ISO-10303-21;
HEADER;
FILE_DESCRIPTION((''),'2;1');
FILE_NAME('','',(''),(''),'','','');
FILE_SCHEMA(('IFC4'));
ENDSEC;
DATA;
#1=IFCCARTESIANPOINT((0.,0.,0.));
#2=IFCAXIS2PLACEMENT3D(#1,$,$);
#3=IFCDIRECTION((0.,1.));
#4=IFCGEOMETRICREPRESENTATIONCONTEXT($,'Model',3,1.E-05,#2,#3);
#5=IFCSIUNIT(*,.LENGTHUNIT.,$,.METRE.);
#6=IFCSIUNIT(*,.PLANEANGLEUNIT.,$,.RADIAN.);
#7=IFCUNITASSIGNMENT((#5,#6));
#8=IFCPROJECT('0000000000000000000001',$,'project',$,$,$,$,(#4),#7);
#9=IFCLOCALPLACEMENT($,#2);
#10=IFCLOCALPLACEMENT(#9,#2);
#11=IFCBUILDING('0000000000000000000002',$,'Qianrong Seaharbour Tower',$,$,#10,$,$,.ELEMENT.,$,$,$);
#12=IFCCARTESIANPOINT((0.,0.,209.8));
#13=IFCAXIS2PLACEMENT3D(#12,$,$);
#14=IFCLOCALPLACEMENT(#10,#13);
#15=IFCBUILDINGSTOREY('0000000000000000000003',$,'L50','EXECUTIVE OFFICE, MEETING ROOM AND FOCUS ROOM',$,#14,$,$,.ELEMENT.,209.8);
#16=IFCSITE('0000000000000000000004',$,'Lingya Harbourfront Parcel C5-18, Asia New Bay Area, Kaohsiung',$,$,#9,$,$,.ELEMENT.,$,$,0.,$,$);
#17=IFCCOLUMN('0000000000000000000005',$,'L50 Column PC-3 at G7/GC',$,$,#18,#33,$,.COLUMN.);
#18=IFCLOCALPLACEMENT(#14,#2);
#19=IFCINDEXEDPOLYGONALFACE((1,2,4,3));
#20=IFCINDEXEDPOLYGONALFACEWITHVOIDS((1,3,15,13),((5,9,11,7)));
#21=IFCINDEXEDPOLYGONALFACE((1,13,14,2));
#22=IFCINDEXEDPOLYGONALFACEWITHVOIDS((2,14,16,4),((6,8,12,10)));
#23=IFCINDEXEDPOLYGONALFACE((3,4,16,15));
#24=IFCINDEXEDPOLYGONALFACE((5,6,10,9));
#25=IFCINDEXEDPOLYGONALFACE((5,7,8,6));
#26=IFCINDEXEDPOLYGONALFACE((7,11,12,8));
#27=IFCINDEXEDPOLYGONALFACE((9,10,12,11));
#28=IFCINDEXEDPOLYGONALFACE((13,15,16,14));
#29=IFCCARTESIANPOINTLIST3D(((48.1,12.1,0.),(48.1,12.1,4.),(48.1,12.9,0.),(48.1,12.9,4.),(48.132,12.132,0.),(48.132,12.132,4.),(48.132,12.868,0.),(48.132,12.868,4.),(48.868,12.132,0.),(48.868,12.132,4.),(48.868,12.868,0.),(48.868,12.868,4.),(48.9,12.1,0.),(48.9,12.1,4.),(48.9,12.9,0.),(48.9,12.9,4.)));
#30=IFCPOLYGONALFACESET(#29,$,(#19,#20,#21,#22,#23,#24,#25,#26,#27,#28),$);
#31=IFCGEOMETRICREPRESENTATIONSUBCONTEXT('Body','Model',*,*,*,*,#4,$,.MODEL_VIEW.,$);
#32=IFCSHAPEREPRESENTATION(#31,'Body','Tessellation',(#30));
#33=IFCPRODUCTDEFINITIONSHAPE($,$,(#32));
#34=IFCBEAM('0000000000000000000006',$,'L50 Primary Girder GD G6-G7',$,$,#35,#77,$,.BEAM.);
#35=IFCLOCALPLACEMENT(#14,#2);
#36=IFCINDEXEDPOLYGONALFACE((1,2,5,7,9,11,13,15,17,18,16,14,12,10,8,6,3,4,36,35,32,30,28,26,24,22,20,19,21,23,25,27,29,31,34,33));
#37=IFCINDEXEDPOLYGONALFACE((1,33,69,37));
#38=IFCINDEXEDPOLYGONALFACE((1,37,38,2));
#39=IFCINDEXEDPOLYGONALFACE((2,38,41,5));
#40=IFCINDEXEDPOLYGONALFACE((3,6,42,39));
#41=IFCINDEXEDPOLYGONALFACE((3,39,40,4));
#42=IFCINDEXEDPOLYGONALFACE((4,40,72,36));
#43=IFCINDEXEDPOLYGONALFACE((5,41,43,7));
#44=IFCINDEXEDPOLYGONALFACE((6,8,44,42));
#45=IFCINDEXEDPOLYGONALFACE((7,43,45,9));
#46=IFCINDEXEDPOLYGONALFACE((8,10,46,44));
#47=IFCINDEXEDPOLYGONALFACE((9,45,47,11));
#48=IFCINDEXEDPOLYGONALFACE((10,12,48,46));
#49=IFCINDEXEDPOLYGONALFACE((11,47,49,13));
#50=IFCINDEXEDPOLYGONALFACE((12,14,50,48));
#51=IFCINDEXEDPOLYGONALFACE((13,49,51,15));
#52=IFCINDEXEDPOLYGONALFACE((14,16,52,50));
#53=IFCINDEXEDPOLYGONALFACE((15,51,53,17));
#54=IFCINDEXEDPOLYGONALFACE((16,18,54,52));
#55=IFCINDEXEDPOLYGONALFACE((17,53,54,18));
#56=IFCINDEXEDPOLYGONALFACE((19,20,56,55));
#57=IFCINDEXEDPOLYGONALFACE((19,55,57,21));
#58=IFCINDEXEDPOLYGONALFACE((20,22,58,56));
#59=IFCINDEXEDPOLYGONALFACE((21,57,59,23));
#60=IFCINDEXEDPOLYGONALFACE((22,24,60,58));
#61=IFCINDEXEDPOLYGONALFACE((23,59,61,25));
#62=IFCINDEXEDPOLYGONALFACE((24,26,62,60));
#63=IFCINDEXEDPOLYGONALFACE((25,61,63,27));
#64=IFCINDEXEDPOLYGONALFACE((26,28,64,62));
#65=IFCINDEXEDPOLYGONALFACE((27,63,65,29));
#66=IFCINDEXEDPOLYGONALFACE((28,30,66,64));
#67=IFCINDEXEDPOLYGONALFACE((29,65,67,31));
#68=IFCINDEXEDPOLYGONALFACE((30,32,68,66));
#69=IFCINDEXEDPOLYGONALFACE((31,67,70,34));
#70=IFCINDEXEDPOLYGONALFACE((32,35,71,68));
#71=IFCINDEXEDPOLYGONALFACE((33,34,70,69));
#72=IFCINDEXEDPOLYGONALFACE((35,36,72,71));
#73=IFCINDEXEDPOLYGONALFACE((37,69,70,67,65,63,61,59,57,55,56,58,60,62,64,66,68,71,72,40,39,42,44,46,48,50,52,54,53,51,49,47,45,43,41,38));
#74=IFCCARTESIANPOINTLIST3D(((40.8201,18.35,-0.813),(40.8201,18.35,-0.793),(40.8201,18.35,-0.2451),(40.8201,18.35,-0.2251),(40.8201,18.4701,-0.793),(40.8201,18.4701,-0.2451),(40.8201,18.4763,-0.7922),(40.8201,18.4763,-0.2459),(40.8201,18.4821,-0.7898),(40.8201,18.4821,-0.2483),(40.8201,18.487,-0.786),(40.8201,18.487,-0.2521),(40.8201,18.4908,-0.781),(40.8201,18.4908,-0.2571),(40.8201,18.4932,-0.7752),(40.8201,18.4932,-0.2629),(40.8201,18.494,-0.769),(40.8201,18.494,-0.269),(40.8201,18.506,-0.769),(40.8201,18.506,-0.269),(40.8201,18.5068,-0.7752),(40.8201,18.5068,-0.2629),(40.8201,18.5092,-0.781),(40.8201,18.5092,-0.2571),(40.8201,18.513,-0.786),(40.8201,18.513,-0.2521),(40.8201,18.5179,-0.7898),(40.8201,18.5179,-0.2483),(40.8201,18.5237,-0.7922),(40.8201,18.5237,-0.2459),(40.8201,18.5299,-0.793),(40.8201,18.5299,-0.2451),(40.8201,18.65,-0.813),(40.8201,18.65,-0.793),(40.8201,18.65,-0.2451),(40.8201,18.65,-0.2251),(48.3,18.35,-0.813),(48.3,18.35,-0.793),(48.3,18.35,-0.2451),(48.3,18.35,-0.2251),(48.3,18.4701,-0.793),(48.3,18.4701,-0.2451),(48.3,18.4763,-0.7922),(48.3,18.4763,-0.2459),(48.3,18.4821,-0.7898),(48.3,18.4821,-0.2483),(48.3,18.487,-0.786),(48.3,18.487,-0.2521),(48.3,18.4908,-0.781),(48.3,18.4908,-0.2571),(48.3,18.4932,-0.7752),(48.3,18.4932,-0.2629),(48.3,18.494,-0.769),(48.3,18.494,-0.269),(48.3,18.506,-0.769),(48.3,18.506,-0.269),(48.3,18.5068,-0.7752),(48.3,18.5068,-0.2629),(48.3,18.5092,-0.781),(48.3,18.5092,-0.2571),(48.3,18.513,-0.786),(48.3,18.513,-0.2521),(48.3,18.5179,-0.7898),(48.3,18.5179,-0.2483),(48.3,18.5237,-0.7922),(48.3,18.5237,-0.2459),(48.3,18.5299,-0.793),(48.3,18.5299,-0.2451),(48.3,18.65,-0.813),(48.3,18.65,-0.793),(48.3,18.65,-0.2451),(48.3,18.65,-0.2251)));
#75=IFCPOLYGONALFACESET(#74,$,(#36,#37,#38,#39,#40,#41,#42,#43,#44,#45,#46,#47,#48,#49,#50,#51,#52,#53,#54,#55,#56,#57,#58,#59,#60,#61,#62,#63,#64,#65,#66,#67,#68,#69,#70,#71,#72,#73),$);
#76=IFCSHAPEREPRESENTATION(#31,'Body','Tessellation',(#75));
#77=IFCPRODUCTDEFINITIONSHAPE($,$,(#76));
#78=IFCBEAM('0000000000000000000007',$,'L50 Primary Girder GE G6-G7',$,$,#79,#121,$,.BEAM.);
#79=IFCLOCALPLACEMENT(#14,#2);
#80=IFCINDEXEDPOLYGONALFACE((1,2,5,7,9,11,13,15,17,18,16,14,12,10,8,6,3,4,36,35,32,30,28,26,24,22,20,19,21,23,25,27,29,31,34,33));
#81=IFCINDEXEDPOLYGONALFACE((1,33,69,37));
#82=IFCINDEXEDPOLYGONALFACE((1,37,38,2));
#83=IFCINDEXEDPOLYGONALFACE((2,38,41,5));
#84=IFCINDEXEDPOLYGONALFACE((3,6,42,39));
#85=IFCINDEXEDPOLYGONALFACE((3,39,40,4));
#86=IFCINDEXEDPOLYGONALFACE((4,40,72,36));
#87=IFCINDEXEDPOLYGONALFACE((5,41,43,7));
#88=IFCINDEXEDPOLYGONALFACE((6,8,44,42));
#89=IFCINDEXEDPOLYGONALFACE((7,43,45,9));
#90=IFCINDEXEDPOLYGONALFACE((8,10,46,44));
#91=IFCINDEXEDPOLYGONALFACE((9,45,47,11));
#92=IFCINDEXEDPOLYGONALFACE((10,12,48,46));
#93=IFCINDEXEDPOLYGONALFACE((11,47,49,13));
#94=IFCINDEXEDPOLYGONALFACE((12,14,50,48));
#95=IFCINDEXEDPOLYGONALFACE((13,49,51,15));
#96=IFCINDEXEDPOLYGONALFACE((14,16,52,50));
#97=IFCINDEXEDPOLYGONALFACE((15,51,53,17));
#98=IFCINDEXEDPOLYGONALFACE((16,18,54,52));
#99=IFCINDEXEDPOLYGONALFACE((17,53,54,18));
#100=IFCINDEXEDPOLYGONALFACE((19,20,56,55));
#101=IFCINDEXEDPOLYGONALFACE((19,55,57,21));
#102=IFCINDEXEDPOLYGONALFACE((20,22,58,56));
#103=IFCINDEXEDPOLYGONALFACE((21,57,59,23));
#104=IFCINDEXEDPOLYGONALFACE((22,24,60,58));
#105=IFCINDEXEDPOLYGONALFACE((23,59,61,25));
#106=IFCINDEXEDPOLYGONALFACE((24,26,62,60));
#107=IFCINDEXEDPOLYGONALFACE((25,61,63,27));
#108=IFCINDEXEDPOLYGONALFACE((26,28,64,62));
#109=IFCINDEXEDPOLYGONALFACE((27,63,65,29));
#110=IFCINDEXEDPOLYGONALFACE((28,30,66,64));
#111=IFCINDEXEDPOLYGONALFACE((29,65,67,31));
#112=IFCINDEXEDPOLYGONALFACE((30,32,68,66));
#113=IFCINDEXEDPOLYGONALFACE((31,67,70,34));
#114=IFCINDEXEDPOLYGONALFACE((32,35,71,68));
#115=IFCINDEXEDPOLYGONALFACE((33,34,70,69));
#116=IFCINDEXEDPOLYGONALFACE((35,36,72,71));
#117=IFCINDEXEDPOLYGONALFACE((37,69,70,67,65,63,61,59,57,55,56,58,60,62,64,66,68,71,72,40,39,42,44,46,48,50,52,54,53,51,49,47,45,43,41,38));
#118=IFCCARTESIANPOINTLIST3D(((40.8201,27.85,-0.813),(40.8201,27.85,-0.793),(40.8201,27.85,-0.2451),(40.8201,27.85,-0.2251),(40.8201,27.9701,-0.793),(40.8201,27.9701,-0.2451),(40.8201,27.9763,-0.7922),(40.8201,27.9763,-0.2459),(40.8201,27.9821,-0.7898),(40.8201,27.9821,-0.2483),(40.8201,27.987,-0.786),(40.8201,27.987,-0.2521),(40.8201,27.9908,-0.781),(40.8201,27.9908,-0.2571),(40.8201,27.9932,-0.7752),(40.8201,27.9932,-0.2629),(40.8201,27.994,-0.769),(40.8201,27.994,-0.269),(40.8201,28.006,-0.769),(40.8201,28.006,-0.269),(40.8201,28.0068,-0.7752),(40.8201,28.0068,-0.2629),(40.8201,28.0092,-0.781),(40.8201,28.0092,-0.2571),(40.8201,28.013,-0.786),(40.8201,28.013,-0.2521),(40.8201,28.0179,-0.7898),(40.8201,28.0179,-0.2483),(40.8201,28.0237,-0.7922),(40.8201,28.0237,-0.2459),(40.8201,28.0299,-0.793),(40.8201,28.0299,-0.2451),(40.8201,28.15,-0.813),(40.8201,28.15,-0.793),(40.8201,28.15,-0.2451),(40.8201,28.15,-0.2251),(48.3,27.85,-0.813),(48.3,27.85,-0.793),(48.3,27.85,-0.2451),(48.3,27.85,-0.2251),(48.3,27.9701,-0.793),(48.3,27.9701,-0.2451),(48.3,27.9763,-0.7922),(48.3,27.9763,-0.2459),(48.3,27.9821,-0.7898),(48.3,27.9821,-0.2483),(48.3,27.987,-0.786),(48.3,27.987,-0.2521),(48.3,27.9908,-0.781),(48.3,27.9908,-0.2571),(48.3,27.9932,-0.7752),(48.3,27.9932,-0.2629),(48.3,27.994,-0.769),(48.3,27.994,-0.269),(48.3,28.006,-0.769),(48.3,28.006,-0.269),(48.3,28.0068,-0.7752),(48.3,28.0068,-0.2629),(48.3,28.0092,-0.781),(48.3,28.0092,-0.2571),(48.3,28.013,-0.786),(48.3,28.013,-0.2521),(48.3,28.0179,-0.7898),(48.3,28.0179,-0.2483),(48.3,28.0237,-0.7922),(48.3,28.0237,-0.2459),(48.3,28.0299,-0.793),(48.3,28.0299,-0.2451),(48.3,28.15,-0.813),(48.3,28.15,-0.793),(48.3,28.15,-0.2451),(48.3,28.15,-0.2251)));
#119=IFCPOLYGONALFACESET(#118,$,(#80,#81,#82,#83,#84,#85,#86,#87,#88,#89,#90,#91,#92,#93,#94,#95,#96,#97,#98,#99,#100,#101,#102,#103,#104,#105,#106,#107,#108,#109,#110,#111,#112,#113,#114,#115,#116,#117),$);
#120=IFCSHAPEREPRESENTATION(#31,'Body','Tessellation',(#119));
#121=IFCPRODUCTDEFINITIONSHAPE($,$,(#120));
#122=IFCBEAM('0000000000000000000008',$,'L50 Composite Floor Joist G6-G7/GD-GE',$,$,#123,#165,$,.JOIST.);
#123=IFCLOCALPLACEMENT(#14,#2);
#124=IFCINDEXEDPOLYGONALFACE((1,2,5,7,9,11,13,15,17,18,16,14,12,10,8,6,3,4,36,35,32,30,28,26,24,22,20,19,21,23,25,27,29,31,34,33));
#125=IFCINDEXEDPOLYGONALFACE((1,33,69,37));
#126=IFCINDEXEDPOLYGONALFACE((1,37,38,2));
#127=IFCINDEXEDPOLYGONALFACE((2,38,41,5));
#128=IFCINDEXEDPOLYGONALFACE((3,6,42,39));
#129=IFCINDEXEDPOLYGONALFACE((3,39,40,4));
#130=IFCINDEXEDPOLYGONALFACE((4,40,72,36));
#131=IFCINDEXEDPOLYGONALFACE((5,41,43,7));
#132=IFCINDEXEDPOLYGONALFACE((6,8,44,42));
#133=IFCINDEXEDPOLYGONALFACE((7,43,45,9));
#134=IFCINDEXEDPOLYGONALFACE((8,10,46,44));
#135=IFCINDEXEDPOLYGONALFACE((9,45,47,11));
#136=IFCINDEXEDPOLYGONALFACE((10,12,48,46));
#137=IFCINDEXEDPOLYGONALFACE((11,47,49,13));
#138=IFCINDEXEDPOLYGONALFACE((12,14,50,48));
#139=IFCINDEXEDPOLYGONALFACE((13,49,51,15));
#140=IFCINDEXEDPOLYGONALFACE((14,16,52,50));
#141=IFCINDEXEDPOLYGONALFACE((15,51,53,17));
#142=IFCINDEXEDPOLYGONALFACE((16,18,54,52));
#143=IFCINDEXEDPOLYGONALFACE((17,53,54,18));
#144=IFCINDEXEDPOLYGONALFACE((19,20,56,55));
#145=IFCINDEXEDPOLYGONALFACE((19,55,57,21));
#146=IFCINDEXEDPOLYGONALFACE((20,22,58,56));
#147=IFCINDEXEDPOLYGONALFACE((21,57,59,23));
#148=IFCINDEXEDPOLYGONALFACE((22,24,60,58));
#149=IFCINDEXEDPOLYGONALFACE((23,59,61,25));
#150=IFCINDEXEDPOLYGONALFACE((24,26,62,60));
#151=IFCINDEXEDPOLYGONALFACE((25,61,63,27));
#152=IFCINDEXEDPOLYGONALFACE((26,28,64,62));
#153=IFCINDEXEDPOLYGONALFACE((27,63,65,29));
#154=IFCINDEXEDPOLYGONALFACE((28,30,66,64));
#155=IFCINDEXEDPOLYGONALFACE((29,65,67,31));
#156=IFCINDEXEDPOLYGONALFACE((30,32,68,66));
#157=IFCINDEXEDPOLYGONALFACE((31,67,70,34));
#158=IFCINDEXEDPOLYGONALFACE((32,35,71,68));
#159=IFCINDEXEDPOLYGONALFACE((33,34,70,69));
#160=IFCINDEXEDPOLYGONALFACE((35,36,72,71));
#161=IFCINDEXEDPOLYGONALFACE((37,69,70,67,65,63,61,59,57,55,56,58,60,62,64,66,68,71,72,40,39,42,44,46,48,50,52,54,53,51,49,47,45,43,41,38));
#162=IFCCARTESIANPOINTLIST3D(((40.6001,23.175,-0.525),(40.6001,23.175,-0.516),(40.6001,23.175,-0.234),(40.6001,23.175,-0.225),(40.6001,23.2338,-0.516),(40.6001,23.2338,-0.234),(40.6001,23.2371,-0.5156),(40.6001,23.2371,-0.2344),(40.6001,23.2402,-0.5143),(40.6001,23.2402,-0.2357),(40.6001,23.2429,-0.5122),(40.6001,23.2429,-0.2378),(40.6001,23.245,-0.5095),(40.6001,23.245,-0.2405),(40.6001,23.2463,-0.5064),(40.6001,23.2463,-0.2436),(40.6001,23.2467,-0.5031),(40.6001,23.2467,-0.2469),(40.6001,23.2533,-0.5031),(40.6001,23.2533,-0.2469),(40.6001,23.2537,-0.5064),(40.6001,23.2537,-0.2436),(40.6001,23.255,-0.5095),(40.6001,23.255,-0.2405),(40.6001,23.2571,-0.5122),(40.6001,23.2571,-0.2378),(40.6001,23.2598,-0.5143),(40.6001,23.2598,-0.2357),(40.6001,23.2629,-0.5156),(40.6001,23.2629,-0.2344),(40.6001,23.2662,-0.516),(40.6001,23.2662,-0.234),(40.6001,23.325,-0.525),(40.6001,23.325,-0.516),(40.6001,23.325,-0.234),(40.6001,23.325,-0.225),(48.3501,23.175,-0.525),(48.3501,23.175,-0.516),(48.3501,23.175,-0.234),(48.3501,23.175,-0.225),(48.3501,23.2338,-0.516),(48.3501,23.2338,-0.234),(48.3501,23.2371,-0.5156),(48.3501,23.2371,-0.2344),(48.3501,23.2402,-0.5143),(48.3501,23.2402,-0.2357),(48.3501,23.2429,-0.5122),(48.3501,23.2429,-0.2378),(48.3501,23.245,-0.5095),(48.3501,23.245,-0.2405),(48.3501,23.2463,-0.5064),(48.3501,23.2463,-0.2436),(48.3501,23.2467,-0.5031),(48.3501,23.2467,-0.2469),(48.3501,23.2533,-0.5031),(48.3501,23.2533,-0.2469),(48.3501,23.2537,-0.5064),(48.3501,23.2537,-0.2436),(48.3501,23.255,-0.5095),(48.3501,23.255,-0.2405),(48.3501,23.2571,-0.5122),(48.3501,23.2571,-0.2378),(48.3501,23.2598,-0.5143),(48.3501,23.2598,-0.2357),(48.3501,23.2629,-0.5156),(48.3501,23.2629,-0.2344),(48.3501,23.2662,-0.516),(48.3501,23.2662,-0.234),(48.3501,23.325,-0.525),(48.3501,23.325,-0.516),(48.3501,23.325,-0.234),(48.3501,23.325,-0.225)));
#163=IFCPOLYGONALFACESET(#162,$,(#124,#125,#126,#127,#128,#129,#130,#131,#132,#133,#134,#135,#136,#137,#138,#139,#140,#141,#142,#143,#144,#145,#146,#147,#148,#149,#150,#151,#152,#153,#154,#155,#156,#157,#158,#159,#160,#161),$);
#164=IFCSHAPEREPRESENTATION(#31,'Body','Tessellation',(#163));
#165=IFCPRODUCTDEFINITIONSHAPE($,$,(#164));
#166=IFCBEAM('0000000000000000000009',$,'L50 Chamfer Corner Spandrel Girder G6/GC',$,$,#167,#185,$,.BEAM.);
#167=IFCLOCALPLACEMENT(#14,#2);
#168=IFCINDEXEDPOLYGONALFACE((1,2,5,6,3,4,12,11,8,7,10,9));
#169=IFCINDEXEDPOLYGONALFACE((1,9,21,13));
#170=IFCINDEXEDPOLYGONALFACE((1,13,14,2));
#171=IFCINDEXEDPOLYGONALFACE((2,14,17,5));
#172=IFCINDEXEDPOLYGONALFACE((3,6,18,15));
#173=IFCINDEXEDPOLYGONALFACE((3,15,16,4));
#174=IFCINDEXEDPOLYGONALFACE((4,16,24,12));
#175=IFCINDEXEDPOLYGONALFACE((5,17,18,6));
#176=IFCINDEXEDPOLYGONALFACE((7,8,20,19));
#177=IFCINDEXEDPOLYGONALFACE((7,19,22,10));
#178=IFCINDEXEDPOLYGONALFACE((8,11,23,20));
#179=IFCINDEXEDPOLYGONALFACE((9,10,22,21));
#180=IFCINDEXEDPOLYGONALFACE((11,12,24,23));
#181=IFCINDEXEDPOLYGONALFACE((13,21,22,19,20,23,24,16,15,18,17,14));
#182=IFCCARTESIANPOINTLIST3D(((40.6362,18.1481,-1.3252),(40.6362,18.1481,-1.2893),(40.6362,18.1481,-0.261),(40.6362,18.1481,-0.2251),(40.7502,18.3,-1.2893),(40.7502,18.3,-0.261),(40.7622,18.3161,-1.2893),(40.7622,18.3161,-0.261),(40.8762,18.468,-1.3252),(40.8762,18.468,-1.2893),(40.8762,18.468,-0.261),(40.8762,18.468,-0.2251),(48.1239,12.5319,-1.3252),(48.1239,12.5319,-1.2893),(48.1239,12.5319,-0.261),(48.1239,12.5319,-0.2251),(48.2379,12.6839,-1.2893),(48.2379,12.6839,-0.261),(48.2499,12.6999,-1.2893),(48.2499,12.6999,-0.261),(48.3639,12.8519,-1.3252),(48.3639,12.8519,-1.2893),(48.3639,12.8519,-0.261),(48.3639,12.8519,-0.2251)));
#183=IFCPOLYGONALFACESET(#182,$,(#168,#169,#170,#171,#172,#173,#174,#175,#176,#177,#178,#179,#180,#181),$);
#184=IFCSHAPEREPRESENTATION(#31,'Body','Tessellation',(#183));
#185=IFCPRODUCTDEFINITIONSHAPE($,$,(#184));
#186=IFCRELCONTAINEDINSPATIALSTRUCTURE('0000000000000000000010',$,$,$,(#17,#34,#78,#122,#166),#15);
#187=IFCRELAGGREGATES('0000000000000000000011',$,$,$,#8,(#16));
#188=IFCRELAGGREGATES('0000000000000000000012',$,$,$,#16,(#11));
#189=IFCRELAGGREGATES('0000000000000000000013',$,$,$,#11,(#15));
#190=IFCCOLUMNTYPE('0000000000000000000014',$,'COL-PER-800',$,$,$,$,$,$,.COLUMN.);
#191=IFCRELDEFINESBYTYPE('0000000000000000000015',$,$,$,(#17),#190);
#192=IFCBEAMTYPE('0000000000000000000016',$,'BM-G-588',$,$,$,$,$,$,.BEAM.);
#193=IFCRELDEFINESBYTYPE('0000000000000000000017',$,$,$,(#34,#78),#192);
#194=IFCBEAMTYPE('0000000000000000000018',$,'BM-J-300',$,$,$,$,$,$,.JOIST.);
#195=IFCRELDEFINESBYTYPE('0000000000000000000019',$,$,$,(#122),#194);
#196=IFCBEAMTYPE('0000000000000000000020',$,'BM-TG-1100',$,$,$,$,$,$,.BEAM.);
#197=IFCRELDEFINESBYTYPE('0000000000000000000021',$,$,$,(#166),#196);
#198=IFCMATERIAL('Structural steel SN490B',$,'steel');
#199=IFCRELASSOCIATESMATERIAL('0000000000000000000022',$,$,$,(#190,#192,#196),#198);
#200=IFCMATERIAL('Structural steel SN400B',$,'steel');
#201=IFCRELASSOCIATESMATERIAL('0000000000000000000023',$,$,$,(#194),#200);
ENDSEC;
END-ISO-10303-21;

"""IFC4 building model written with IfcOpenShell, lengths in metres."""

from ifc_helpers import new_model, si_unit, direction, frame, origin, origin_2d, place, context, subcontext, project, spatial, hollow_rectangle, i_section, extrude, material, material_profile, profile_set, type_object, element, save


model = new_model("IFC4")

# Units and contexts
model_context = context("Model", 3, precision=1e-05, world=origin(), true_north=direction((0.0, 1.0)))
body_context = subcontext(model_context, "Body", "Model", "MODEL_VIEW")
ifc_project = project(units=[si_unit("LENGTHUNIT", "METRE"), si_unit("PLANEANGLEUNIT", "RADIAN")], contexts=[model_context])

# Site, building, storey
site_placement = place(None, origin())
site = spatial("IfcSite", under=ifc_project, at=site_placement, Name="Lingya Harbourfront Parcel C5-18, Asia New Bay Area, Kaohsiung", CompositionType="ELEMENT", RefElevation=0.0)
building_placement = place(site_placement, origin())
building = spatial("IfcBuilding", under=site, at=building_placement, Name="Qianrong Seaharbour Tower", CompositionType="ELEMENT")
storey_placement = place(building_placement, frame((0.0, 0.0, 209.8)))
storey = spatial("IfcBuildingStorey", under=building, at=storey_placement, Name="L50", Description="EXECUTIVE OFFICE, MEETING ROOM AND FOCUS ROOM", CompositionType="ELEMENT", Elevation=209.8)

# Column
ifc_material_1 = material(Name="Structural steel SN490B", Category="steel")
ifc_material_profile_1 = material_profile(ifc_material_1, hollow_rectangle(XDim=0.8, YDim=0.8, WallThickness=0.032, at=origin_2d()), Name="BOX800x800x32")
ifc_profile_set_1 = profile_set([ifc_material_profile_1], Name="Structural steel SN490B")
column_type = type_object("IfcColumnType", Name="COL-PER-800", PredefinedType="COLUMN", material=ifc_profile_set_1)
column_placement = place(storey_placement, frame((48.5, 12.5, 0.0), z_axis=(0.0, 0.0, 1.0), x_axis=(1.0, 0.0, 0.0)))
element("IfcColumn", 1, at=column_placement, inside=storey, type_object=column_type, Name="L50 Column PC-3 at G7/GC", PredefinedType="COLUMN", context=body_context, shape_type="SweptSolid", body=[
    extrude(hollow_rectangle(XDim=0.8, YDim=0.8, WallThickness=0.032, at=origin_2d()), origin(), (0.0, 0.0, 1.0), 4.0),
])

# Beams
ifc_material_profile_2 = material_profile(ifc_material_1, i_section(OverallWidth=0.3, OverallDepth=0.5879, WebThickness=0.012, FlangeThickness=0.02, FilletRadius=0.0239, at=origin_2d()), Name="H588x300x12x20")
ifc_profile_set_2 = profile_set([ifc_material_profile_2], Name="Structural steel SN490B")
beam_type_1 = type_object("IfcBeamType", Name="BM-G-588", PredefinedType="BEAM", material=ifc_profile_set_2)
for number, where, z_axis, x_axis, name in (
    (2, (40.8201, 18.5, -0.519), (1.0, 0.0, 0.0), (0.0, 1.0, 0.0), "L50 Primary Girder GD G6-G7"),
    (3, (40.8201, 28.0, -0.519), (1.0, 0.0, 0.0), (0.0, 1.0, 0.0), "L50 Primary Girder GE G6-G7"),
):
    element("IfcBeam", number, at=place(storey_placement, frame(where, z_axis=z_axis, x_axis=x_axis)), inside=storey, type_object=beam_type_1, Name=name, PredefinedType="BEAM", context=body_context, shape_type="SweptSolid", body=[
        extrude(i_section(OverallWidth=0.3, OverallDepth=0.5879, WebThickness=0.012, FlangeThickness=0.02, FilletRadius=0.0239, at=origin_2d()), origin(), (0.0, 0.0, 1.0), 7.48),
    ])
ifc_material_2 = material(Name="Structural steel SN400B", Category="steel")
ifc_material_profile_3 = material_profile(ifc_material_2, i_section(OverallWidth=0.1499, OverallDepth=0.3, WebThickness=0.0066, FlangeThickness=0.009, FilletRadius=0.0129, at=origin_2d()), Name="H300x150x6.5x9")
ifc_profile_set_3 = profile_set([ifc_material_profile_3], Name="Structural steel SN400B")
beam_type_2 = type_object("IfcBeamType", Name="BM-J-300", PredefinedType="JOIST", material=ifc_profile_set_3)
beam_1_placement = place(storey_placement, frame((40.6001, 23.25, -0.375), z_axis=(1.0, 0.0, 0.0), x_axis=(0.0, 1.0, 0.0)))
element("IfcBeam", 4, at=beam_1_placement, inside=storey, type_object=beam_type_2, Name="L50 Composite Floor Joist G6-G7/GD-GE", PredefinedType="JOIST", context=body_context, shape_type="SweptSolid", body=[
    extrude(i_section(OverallWidth=0.1499, OverallDepth=0.3, WebThickness=0.0066, FlangeThickness=0.009, FilletRadius=0.0129, at=origin_2d()), origin(), (0.0, 0.0, 1.0), 7.75),
])
ifc_material_profile_4 = material_profile(ifc_material_1, i_section(OverallWidth=0.3999, OverallDepth=1.1001, WebThickness=0.02, FlangeThickness=0.0359, at=origin_2d()), Name="BH1100x400x20x36")
ifc_profile_set_4 = profile_set([ifc_material_profile_4], Name="Structural steel SN490B")
beam_type_3 = type_object("IfcBeamType", Name="BM-TG-1100", PredefinedType="BEAM", material=ifc_profile_set_4)
beam_2_placement = place(storey_placement, frame((48.2439, 12.6919, -0.7751), z_axis=(-0.799981, 0.600025, 0.0), x_axis=(-0.600025, -0.799981, 0.0)))
element("IfcBeam", 5, at=beam_2_placement, inside=storey, type_object=beam_type_3, Name="L50 Chamfer Corner Spandrel Girder G6/GC", PredefinedType="BEAM", context=body_context, shape_type="SweptSolid", body=[
    extrude(i_section(OverallWidth=0.3999, OverallDepth=1.1001, WebThickness=0.02, FlangeThickness=0.0359, at=origin_2d()), origin(), (0.0, 0.0, 1.0), 9.3599),
])

save(model, "model.ifc")
